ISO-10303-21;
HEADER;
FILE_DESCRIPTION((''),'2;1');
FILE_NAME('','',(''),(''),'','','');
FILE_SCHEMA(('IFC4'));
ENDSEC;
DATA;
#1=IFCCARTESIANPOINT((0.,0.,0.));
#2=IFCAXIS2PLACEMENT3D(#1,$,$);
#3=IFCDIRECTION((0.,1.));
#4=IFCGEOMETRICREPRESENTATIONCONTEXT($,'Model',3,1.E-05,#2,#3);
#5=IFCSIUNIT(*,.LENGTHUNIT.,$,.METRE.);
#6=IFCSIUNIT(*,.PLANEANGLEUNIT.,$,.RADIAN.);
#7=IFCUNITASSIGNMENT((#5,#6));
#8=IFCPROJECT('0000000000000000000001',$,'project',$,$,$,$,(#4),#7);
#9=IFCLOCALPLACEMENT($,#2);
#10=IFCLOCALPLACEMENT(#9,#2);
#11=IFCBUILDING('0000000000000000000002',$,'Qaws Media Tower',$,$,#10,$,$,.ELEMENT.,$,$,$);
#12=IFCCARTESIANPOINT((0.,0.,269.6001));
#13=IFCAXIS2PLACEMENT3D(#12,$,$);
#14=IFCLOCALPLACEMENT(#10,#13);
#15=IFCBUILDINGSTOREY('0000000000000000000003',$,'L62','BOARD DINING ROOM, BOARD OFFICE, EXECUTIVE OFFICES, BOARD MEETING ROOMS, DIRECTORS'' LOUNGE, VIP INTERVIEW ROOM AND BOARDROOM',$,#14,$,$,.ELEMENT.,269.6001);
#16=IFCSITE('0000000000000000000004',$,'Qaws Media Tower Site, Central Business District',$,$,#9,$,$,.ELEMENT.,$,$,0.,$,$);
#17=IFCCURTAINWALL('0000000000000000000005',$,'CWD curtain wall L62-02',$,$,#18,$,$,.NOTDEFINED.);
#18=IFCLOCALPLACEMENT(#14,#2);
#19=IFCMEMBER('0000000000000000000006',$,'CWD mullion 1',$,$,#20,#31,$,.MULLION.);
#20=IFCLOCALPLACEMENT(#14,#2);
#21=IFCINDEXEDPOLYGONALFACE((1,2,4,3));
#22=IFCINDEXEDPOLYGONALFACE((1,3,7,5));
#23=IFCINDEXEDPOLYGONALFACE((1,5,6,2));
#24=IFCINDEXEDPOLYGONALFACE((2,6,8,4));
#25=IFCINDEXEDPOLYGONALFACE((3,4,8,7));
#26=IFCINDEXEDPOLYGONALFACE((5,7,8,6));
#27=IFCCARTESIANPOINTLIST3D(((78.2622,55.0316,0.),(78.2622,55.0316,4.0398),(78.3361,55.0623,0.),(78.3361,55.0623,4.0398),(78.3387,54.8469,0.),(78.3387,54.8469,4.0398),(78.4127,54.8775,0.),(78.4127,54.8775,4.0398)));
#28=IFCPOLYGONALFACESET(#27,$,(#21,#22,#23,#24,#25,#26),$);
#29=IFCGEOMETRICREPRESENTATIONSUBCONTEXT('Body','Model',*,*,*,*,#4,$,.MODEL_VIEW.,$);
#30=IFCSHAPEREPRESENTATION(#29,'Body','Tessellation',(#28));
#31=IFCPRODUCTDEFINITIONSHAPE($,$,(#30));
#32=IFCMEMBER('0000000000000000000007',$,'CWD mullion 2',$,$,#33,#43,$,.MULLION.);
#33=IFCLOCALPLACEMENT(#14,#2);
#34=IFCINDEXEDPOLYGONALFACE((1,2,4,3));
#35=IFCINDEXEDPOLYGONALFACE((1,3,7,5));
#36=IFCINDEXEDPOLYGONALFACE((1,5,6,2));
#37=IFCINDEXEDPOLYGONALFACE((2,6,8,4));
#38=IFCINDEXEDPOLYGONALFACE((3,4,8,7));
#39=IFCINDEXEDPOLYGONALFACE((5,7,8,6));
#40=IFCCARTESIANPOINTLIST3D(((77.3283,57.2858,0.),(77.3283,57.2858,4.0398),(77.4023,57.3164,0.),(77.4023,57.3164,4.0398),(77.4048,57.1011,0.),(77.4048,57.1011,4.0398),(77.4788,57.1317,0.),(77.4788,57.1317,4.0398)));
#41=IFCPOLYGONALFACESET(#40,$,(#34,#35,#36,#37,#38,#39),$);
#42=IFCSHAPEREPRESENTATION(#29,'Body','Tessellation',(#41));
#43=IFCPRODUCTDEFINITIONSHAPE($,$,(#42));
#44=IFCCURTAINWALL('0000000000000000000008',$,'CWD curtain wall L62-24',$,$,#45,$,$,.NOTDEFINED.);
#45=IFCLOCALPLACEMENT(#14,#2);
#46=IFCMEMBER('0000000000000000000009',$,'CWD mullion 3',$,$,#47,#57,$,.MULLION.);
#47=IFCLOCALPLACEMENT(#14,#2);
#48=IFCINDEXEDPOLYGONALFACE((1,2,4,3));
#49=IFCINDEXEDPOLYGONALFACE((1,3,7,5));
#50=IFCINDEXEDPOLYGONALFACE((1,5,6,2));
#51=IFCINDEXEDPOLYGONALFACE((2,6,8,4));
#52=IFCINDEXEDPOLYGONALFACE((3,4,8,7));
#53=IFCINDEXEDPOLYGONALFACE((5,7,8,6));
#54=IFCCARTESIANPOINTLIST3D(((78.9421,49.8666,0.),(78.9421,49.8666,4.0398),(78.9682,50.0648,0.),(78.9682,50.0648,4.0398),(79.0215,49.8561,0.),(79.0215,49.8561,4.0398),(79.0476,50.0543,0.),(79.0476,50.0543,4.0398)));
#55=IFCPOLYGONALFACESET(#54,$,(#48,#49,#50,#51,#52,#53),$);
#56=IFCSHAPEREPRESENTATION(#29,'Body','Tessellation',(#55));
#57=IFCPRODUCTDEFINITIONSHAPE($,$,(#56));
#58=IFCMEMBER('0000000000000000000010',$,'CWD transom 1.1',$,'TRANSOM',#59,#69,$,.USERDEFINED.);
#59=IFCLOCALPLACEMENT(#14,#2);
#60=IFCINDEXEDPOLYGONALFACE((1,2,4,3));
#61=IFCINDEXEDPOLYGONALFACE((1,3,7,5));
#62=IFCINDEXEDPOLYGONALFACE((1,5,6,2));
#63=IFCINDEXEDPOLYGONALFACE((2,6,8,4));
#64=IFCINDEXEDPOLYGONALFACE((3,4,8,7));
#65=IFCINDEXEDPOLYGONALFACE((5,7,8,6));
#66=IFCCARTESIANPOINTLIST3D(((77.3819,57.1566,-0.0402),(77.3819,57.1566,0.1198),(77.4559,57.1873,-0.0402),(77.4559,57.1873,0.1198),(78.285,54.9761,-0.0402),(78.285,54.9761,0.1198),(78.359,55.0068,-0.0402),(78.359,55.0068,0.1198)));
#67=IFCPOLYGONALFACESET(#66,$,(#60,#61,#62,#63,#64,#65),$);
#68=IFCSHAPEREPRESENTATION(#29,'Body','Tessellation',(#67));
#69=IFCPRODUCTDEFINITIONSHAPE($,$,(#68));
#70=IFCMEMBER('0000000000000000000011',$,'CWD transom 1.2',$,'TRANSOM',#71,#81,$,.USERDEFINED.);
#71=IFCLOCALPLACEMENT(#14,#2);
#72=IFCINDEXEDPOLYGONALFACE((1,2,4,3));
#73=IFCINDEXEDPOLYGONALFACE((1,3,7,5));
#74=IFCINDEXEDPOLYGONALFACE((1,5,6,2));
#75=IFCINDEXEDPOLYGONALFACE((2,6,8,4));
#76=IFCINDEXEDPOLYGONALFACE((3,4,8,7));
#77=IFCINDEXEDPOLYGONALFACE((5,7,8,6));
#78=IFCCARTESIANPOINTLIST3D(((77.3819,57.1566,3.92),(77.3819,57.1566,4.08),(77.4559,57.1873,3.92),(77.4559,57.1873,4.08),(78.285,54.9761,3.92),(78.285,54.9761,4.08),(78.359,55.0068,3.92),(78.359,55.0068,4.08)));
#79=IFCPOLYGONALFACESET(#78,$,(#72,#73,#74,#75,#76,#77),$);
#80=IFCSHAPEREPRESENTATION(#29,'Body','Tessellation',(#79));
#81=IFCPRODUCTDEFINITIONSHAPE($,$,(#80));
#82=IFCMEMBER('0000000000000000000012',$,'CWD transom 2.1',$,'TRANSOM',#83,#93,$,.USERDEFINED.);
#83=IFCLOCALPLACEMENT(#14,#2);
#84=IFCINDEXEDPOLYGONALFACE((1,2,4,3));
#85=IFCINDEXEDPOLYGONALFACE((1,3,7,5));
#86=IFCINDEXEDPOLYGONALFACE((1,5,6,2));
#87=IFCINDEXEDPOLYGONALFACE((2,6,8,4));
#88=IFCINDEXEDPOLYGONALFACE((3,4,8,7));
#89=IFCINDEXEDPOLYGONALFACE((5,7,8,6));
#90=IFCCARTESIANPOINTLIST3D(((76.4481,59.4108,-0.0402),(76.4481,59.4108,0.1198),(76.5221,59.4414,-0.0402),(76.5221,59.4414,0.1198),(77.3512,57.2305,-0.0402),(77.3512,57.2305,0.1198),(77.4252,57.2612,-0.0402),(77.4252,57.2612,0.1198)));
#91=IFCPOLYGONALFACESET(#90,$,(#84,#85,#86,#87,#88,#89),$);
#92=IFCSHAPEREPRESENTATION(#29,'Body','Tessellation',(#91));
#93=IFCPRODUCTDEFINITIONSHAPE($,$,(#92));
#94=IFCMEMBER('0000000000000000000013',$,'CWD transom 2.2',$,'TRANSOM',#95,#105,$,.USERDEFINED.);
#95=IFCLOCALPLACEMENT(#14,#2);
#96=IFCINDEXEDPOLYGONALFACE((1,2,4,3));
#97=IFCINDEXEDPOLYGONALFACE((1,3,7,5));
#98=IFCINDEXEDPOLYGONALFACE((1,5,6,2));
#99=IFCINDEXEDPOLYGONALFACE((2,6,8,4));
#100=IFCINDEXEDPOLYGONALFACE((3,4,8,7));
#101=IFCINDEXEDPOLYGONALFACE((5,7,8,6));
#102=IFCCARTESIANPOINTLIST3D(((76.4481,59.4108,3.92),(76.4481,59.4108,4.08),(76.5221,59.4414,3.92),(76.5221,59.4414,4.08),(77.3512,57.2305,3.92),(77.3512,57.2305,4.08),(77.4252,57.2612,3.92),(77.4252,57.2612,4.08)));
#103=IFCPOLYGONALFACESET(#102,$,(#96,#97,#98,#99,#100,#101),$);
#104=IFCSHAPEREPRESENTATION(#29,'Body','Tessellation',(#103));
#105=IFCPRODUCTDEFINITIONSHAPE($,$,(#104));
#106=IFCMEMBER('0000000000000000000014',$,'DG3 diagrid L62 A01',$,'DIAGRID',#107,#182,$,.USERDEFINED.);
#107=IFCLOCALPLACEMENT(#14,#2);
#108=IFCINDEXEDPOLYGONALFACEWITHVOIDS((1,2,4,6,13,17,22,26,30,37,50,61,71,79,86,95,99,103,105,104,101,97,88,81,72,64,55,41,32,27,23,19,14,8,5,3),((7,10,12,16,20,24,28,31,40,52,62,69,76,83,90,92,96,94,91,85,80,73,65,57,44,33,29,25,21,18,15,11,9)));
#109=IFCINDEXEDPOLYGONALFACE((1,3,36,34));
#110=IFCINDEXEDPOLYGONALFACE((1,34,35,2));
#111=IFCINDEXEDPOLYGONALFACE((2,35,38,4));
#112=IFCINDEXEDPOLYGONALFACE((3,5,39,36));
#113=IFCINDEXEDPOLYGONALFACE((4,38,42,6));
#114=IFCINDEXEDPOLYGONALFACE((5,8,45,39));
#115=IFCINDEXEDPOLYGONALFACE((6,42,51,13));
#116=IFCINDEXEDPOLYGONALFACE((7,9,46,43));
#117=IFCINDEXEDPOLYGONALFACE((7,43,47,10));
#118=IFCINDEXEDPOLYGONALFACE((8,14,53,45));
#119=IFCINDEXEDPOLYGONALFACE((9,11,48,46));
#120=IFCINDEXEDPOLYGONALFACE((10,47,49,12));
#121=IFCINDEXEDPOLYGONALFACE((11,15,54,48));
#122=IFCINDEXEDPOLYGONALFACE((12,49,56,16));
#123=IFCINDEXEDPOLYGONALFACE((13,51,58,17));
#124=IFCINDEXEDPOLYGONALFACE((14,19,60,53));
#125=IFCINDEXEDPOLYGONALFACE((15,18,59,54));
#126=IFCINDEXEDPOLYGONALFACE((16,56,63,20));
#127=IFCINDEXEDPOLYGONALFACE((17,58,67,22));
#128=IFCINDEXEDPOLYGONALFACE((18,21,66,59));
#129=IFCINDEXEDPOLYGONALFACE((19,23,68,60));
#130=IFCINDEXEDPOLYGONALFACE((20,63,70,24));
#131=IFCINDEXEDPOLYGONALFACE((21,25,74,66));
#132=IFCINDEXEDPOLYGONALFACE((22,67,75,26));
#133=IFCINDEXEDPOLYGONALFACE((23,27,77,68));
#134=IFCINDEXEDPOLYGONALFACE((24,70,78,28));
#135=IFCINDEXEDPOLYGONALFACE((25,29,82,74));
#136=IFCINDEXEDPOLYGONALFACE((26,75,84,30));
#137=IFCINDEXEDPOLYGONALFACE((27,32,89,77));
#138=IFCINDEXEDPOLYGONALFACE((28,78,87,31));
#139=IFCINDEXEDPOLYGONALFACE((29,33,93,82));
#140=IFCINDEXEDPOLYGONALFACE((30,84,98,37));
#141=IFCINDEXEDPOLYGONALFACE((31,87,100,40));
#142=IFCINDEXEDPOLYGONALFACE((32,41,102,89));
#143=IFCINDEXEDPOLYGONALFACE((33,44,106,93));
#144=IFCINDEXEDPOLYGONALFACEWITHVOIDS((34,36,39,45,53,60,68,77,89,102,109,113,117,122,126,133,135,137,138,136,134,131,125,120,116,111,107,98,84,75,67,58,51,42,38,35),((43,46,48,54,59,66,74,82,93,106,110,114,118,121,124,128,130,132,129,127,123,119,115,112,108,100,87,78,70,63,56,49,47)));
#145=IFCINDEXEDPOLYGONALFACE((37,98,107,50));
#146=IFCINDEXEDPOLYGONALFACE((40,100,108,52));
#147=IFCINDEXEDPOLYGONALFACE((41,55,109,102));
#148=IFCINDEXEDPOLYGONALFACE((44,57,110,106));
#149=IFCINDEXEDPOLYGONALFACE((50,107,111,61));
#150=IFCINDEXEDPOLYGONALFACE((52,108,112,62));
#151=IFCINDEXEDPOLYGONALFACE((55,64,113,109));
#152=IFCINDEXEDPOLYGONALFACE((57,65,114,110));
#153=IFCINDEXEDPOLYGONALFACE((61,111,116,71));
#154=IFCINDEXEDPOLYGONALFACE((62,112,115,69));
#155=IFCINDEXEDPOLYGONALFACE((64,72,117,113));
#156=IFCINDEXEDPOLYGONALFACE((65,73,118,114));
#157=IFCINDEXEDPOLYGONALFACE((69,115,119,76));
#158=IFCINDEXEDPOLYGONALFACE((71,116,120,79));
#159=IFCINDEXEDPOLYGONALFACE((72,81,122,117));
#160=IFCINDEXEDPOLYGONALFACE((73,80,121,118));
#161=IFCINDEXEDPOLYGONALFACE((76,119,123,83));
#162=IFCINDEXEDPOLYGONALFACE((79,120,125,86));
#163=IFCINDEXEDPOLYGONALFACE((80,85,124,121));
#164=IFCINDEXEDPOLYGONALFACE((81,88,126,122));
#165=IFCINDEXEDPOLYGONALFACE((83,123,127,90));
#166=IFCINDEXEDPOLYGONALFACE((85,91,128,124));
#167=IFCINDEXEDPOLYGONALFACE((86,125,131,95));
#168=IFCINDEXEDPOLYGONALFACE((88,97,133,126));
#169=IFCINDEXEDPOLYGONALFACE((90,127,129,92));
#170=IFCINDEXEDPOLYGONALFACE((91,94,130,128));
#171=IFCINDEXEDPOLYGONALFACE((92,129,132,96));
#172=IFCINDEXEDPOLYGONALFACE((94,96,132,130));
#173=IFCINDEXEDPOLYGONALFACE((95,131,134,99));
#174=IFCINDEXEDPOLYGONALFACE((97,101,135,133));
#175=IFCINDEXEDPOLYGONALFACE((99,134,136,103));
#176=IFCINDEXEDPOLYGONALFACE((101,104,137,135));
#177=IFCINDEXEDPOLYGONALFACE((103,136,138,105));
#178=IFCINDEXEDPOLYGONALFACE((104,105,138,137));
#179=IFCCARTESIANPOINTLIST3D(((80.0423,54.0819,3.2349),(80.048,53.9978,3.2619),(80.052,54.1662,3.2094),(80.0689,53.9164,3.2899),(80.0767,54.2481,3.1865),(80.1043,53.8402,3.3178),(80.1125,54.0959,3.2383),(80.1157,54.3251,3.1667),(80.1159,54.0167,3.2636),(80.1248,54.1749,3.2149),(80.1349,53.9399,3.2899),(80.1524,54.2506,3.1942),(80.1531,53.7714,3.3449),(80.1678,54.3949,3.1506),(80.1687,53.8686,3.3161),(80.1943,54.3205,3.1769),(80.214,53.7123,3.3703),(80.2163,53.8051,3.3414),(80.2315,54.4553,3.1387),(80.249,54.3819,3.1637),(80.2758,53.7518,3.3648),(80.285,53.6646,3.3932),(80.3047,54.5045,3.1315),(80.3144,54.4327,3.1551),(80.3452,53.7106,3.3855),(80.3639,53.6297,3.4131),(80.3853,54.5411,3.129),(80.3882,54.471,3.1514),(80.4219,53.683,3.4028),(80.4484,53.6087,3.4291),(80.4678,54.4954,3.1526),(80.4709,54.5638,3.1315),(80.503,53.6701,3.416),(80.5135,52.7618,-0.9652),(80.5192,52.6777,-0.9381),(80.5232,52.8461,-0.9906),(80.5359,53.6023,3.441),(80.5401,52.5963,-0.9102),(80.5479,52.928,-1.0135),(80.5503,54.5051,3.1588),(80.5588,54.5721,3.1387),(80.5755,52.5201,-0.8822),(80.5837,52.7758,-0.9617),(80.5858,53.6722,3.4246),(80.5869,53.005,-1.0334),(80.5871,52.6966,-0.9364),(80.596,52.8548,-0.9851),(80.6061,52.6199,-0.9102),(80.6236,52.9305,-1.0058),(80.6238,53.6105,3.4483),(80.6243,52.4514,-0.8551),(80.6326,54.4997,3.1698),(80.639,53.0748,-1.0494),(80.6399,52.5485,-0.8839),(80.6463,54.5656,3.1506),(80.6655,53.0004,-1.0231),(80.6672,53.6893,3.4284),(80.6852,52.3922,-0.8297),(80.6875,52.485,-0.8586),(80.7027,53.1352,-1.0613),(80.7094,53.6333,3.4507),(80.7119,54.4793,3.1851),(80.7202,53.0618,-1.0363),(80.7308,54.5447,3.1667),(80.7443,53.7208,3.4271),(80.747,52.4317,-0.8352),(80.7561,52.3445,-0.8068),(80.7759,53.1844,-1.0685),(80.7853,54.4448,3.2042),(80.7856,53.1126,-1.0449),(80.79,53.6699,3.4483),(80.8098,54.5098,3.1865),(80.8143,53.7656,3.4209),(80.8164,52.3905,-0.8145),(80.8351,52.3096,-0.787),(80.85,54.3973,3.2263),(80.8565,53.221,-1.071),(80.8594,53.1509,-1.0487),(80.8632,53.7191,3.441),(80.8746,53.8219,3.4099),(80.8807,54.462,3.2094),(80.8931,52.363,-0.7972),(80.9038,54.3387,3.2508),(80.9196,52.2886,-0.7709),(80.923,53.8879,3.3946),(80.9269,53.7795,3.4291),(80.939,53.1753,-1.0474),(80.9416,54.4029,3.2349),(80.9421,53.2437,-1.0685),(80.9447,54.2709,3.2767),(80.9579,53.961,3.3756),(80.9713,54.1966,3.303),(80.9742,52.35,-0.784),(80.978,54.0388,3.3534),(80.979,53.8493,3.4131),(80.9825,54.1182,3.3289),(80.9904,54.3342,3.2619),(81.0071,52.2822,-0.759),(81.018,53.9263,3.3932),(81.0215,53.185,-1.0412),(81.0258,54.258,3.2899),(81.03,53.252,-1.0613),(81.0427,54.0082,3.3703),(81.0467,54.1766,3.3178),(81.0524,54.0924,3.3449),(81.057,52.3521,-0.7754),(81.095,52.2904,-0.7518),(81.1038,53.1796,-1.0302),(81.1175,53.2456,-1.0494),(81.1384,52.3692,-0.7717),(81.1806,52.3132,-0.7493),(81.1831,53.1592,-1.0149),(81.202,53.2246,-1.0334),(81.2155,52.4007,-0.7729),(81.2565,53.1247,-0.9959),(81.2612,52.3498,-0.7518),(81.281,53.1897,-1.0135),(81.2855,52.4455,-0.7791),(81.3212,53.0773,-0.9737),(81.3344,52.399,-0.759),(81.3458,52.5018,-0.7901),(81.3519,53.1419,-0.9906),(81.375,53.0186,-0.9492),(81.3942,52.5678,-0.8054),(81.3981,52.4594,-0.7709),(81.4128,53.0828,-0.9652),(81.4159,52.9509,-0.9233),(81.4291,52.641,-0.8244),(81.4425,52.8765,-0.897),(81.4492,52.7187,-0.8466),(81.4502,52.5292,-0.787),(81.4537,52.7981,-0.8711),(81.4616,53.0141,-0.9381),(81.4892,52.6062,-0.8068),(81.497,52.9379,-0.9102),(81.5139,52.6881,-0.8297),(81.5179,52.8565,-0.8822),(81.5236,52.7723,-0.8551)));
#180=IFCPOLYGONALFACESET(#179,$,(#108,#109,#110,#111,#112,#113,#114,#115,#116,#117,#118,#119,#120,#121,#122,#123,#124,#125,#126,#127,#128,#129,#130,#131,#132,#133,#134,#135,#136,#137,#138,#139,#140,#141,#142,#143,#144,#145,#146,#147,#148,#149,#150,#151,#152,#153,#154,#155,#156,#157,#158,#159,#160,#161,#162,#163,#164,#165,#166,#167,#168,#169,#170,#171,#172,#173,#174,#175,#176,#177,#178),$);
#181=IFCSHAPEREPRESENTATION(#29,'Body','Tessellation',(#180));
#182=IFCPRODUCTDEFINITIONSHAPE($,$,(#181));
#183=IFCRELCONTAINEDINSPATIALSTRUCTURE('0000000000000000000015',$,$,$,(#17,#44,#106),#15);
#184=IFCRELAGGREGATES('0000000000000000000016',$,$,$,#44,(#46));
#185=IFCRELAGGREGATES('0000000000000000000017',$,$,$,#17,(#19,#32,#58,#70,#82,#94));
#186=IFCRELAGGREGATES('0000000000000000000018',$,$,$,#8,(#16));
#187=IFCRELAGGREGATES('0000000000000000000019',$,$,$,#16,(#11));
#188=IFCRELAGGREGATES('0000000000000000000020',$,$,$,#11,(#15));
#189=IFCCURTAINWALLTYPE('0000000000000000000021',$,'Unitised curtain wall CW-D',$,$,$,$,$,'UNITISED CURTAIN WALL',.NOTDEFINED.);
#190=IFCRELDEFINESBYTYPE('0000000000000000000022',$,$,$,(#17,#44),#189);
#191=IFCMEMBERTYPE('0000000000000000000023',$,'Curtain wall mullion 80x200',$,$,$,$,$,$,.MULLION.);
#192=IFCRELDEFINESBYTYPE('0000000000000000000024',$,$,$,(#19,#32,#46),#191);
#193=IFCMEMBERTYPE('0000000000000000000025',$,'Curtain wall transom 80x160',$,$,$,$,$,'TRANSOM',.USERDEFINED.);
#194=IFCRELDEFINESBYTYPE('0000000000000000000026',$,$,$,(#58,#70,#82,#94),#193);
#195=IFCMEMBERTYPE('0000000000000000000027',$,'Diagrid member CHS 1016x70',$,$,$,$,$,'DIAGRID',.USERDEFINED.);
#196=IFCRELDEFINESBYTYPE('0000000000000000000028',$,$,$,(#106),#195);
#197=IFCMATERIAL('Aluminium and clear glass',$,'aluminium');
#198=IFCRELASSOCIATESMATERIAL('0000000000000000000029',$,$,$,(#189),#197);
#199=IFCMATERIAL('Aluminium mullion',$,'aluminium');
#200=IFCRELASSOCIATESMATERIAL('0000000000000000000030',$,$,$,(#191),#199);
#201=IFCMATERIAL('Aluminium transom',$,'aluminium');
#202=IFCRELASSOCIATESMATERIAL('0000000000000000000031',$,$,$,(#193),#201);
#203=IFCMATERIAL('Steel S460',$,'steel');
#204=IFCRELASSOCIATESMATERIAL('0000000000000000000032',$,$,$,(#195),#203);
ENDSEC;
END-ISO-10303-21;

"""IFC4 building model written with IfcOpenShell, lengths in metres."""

from ifc_helpers import new_model, si_unit, direction, frame, origin, origin_2d, place, context, subcontext, project, spatial, rectangle, hollow_circle, extrude, material, material_profile, profile_set, type_object, element, aggregate, save


model = new_model("IFC4")

# Units and contexts
model_context = context("Model", 3, precision=1e-05, world=origin(), true_north=direction((0.0, 1.0)))
body_context = subcontext(model_context, "Body", "Model", "MODEL_VIEW")
ifc_project = project(units=[si_unit("LENGTHUNIT", "METRE"), si_unit("PLANEANGLEUNIT", "RADIAN")], contexts=[model_context])

# Site, building, storey
site_placement = place(None, origin())
site = spatial("IfcSite", under=ifc_project, at=site_placement, Name="Qaws Media Tower Site, Central Business District", CompositionType="ELEMENT", RefElevation=0.0)
building_placement = place(site_placement, origin())
building = spatial("IfcBuilding", under=site, at=building_placement, Name="Qaws Media Tower", CompositionType="ELEMENT")
storey_placement = place(building_placement, frame((0.0, 0.0, 269.6001)))
storey = spatial("IfcBuildingStorey", under=building, at=storey_placement, Name="L62", Description="BOARD DINING ROOM, BOARD OFFICE, EXECUTIVE OFFICES, BOARD MEETING ROOMS, DIRECTORS' LOUNGE, VIP INTERVIEW ROOM AND BOARDROOM", CompositionType="ELEMENT", Elevation=269.6001)

# Curtain wall, members
ifc_material_1 = material(Name="Aluminium and clear glass", Category="aluminium")
curtain_wall_type = type_object("IfcCurtainWallType", Name="Unitised curtain wall CW-D", ElementType="UNITISED CURTAIN WALL", PredefinedType="NOTDEFINED", material=ifc_material_1)
curtain_wall_1_placement = place(storey_placement, origin())
curtain_wall_1 = element("IfcCurtainWall", 1, at=curtain_wall_1_placement, inside=storey, type_object=curtain_wall_type, Name="CWD curtain wall L62-02", PredefinedType="NOTDEFINED")
ifc_material_2 = material(Name="Aluminium mullion", Category="aluminium")
ifc_material_profile_1 = material_profile(ifc_material_2, rectangle(XDim=0.0801, YDim=0.2, at=origin_2d()), Name="80x200")
ifc_profile_set_1 = profile_set([ifc_material_profile_1], Name="Aluminium mullion")
member_type_1 = type_object("IfcMemberType", Name="Curtain wall mullion 80x200", PredefinedType="MULLION", material=ifc_profile_set_1)
member_1_placement = place(storey_placement, frame((78.3374, 54.9546, 0.0), z_axis=(0.0, 0.0, 1.0), x_axis=(-0.92388, -0.382683, 0.0)))
member_1 = element("IfcMember", 2, at=member_1_placement, type_object=member_type_1, Name="CWD mullion 1", PredefinedType="MULLION", context=body_context, shape_type="SweptSolid", body=[
    extrude(rectangle(XDim=0.0801, YDim=0.2, at=origin_2d()), origin(), (0.0, 0.0, 1.0), 4.0398),
])
member_2_placement = place(storey_placement, frame((77.4036, 57.2087, 0.0), z_axis=(0.0, 0.0, 1.0), x_axis=(-0.92388, -0.382683, 0.0)))
member_2 = element("IfcMember", 3, at=member_2_placement, type_object=member_type_1, Name="CWD mullion 2", PredefinedType="MULLION", context=body_context, shape_type="SweptSolid", body=[
    extrude(rectangle(XDim=0.0801, YDim=0.2, at=origin_2d()), origin(), (0.0, 0.0, 1.0), 4.0398),
])

# Curtain wall, member
curtain_wall_2_placement = place(storey_placement, origin())
curtain_wall_2 = element("IfcCurtainWall", 4, at=curtain_wall_2_placement, inside=storey, type_object=curtain_wall_type, Name="CWD curtain wall L62-24", PredefinedType="NOTDEFINED")
member_3_placement = place(storey_placement, frame((78.9949, 49.9604, 0.0), z_axis=(0.0, 0.0, 1.0), x_axis=(-0.991445, 0.130526, 0.0)))
member_3 = element("IfcMember", 5, at=member_3_placement, type_object=member_type_1, Name="CWD mullion 3", PredefinedType="MULLION", context=body_context, shape_type="SweptSolid", body=[
    extrude(rectangle(XDim=0.0801, YDim=0.2, at=origin_2d()), origin(), (0.0, 0.0, 1.0), 4.0398),
])
aggregate(curtain_wall_2, [member_3])

# Members
ifc_material_3 = material(Name="Aluminium transom", Category="aluminium")
ifc_material_profile_2 = material_profile(ifc_material_3, rectangle(XDim=0.0801, YDim=0.1599, at=origin_2d()), Name="80x160")
ifc_profile_set_2 = profile_set([ifc_material_profile_2], Name="Aluminium transom")
member_type_2 = type_object("IfcMemberType", Name="Curtain wall transom 80x160", ElementType="TRANSOM", PredefinedType="USERDEFINED", material=ifc_profile_set_2)
member_4_placement = place(storey_placement, frame((78.322, 54.9915, 0.0398), z_axis=(-0.382653, 0.923892, 0.0), x_axis=(-0.923892, -0.382653, 0.0)))
member_4 = element("IfcMember", 6, at=member_4_placement, type_object=member_type_2, Name="CWD transom 1.1", ObjectType="TRANSOM", PredefinedType="USERDEFINED", context=body_context, shape_type="SweptSolid", body=[
    extrude(rectangle(XDim=0.0801, YDim=0.1599, at=origin_2d()), origin(), (0.0, 0.0, 1.0), 2.3601),
])
member_5_placement = place(storey_placement, frame((78.322, 54.9915, 4.0), z_axis=(-0.382653, 0.923892, 0.0), x_axis=(-0.923892, -0.382653, 0.0)))
member_5 = element("IfcMember", 7, at=member_5_placement, type_object=member_type_2, Name="CWD transom 1.2", ObjectType="TRANSOM", PredefinedType="USERDEFINED", context=body_context, shape_type="SweptSolid", body=[
    extrude(rectangle(XDim=0.0801, YDim=0.1599, at=origin_2d()), origin(), (0.0, 0.0, 1.0), 2.3601),
])
member_6_placement = place(storey_placement, frame((77.3882, 57.2458, 0.0398), z_axis=(-0.38269, 0.923877, 0.0), x_axis=(-0.923877, -0.38269, 0.0)))
member_6 = element("IfcMember", 8, at=member_6_placement, type_object=member_type_2, Name="CWD transom 2.1", ObjectType="TRANSOM", PredefinedType="USERDEFINED", context=body_context, shape_type="SweptSolid", body=[
    extrude(rectangle(XDim=0.0801, YDim=0.1599, at=origin_2d()), origin(), (0.0, 0.0, 1.0), 2.3599),
])
member_7_placement = place(storey_placement, frame((77.3882, 57.2458, 4.0), z_axis=(-0.38269, 0.923877, 0.0), x_axis=(-0.923877, -0.38269, 0.0)))
member_7 = element("IfcMember", 9, at=member_7_placement, type_object=member_type_2, Name="CWD transom 2.2", ObjectType="TRANSOM", PredefinedType="USERDEFINED", context=body_context, shape_type="SweptSolid", body=[
    extrude(rectangle(XDim=0.0801, YDim=0.1599, at=origin_2d()), origin(), (0.0, 0.0, 1.0), 2.3599),
])

# Member
ifc_material_4 = material(Name="Steel S460", Category="steel")
ifc_material_profile_3 = material_profile(ifc_material_4, hollow_circle(Radius=0.5081, WallThickness=0.0701, at=origin_2d()), Name="CHS 1016x70")
ifc_profile_set_3 = profile_set([ifc_material_profile_3], Name="Steel S460")
member_type_3 = type_object("IfcMemberType", Name="Diagrid member CHS 1016x70", ElementType="DIAGRID", PredefinedType="USERDEFINED", material=ifc_profile_set_3)
for number, where, z_axis, x_axis, name in (
    (10, (81.0186, 52.7671, -0.9102), (-0.10642, 0.298141, 0.948571), (-0.941801, -0.336171, 0.0), "DG3 diagrid L62 A01"),
):
    element("IfcMember", number, at=place(storey_placement, frame(where, z_axis=z_axis, x_axis=x_axis)), inside=storey, type_object=member_type_3, Name=name, ObjectType="DIAGRID", PredefinedType="USERDEFINED", context=body_context, shape_type="SweptSolid", body=[
        extrude(hollow_circle(Radius=0.5081, WallThickness=0.0701, at=origin_2d()), origin(), (0.0, 0.0, 1.0), 4.4277),
    ])

aggregate(curtain_wall_1, [member_1, member_2, member_4, member_5, member_6, member_7])

save(model, "model.ifc")
